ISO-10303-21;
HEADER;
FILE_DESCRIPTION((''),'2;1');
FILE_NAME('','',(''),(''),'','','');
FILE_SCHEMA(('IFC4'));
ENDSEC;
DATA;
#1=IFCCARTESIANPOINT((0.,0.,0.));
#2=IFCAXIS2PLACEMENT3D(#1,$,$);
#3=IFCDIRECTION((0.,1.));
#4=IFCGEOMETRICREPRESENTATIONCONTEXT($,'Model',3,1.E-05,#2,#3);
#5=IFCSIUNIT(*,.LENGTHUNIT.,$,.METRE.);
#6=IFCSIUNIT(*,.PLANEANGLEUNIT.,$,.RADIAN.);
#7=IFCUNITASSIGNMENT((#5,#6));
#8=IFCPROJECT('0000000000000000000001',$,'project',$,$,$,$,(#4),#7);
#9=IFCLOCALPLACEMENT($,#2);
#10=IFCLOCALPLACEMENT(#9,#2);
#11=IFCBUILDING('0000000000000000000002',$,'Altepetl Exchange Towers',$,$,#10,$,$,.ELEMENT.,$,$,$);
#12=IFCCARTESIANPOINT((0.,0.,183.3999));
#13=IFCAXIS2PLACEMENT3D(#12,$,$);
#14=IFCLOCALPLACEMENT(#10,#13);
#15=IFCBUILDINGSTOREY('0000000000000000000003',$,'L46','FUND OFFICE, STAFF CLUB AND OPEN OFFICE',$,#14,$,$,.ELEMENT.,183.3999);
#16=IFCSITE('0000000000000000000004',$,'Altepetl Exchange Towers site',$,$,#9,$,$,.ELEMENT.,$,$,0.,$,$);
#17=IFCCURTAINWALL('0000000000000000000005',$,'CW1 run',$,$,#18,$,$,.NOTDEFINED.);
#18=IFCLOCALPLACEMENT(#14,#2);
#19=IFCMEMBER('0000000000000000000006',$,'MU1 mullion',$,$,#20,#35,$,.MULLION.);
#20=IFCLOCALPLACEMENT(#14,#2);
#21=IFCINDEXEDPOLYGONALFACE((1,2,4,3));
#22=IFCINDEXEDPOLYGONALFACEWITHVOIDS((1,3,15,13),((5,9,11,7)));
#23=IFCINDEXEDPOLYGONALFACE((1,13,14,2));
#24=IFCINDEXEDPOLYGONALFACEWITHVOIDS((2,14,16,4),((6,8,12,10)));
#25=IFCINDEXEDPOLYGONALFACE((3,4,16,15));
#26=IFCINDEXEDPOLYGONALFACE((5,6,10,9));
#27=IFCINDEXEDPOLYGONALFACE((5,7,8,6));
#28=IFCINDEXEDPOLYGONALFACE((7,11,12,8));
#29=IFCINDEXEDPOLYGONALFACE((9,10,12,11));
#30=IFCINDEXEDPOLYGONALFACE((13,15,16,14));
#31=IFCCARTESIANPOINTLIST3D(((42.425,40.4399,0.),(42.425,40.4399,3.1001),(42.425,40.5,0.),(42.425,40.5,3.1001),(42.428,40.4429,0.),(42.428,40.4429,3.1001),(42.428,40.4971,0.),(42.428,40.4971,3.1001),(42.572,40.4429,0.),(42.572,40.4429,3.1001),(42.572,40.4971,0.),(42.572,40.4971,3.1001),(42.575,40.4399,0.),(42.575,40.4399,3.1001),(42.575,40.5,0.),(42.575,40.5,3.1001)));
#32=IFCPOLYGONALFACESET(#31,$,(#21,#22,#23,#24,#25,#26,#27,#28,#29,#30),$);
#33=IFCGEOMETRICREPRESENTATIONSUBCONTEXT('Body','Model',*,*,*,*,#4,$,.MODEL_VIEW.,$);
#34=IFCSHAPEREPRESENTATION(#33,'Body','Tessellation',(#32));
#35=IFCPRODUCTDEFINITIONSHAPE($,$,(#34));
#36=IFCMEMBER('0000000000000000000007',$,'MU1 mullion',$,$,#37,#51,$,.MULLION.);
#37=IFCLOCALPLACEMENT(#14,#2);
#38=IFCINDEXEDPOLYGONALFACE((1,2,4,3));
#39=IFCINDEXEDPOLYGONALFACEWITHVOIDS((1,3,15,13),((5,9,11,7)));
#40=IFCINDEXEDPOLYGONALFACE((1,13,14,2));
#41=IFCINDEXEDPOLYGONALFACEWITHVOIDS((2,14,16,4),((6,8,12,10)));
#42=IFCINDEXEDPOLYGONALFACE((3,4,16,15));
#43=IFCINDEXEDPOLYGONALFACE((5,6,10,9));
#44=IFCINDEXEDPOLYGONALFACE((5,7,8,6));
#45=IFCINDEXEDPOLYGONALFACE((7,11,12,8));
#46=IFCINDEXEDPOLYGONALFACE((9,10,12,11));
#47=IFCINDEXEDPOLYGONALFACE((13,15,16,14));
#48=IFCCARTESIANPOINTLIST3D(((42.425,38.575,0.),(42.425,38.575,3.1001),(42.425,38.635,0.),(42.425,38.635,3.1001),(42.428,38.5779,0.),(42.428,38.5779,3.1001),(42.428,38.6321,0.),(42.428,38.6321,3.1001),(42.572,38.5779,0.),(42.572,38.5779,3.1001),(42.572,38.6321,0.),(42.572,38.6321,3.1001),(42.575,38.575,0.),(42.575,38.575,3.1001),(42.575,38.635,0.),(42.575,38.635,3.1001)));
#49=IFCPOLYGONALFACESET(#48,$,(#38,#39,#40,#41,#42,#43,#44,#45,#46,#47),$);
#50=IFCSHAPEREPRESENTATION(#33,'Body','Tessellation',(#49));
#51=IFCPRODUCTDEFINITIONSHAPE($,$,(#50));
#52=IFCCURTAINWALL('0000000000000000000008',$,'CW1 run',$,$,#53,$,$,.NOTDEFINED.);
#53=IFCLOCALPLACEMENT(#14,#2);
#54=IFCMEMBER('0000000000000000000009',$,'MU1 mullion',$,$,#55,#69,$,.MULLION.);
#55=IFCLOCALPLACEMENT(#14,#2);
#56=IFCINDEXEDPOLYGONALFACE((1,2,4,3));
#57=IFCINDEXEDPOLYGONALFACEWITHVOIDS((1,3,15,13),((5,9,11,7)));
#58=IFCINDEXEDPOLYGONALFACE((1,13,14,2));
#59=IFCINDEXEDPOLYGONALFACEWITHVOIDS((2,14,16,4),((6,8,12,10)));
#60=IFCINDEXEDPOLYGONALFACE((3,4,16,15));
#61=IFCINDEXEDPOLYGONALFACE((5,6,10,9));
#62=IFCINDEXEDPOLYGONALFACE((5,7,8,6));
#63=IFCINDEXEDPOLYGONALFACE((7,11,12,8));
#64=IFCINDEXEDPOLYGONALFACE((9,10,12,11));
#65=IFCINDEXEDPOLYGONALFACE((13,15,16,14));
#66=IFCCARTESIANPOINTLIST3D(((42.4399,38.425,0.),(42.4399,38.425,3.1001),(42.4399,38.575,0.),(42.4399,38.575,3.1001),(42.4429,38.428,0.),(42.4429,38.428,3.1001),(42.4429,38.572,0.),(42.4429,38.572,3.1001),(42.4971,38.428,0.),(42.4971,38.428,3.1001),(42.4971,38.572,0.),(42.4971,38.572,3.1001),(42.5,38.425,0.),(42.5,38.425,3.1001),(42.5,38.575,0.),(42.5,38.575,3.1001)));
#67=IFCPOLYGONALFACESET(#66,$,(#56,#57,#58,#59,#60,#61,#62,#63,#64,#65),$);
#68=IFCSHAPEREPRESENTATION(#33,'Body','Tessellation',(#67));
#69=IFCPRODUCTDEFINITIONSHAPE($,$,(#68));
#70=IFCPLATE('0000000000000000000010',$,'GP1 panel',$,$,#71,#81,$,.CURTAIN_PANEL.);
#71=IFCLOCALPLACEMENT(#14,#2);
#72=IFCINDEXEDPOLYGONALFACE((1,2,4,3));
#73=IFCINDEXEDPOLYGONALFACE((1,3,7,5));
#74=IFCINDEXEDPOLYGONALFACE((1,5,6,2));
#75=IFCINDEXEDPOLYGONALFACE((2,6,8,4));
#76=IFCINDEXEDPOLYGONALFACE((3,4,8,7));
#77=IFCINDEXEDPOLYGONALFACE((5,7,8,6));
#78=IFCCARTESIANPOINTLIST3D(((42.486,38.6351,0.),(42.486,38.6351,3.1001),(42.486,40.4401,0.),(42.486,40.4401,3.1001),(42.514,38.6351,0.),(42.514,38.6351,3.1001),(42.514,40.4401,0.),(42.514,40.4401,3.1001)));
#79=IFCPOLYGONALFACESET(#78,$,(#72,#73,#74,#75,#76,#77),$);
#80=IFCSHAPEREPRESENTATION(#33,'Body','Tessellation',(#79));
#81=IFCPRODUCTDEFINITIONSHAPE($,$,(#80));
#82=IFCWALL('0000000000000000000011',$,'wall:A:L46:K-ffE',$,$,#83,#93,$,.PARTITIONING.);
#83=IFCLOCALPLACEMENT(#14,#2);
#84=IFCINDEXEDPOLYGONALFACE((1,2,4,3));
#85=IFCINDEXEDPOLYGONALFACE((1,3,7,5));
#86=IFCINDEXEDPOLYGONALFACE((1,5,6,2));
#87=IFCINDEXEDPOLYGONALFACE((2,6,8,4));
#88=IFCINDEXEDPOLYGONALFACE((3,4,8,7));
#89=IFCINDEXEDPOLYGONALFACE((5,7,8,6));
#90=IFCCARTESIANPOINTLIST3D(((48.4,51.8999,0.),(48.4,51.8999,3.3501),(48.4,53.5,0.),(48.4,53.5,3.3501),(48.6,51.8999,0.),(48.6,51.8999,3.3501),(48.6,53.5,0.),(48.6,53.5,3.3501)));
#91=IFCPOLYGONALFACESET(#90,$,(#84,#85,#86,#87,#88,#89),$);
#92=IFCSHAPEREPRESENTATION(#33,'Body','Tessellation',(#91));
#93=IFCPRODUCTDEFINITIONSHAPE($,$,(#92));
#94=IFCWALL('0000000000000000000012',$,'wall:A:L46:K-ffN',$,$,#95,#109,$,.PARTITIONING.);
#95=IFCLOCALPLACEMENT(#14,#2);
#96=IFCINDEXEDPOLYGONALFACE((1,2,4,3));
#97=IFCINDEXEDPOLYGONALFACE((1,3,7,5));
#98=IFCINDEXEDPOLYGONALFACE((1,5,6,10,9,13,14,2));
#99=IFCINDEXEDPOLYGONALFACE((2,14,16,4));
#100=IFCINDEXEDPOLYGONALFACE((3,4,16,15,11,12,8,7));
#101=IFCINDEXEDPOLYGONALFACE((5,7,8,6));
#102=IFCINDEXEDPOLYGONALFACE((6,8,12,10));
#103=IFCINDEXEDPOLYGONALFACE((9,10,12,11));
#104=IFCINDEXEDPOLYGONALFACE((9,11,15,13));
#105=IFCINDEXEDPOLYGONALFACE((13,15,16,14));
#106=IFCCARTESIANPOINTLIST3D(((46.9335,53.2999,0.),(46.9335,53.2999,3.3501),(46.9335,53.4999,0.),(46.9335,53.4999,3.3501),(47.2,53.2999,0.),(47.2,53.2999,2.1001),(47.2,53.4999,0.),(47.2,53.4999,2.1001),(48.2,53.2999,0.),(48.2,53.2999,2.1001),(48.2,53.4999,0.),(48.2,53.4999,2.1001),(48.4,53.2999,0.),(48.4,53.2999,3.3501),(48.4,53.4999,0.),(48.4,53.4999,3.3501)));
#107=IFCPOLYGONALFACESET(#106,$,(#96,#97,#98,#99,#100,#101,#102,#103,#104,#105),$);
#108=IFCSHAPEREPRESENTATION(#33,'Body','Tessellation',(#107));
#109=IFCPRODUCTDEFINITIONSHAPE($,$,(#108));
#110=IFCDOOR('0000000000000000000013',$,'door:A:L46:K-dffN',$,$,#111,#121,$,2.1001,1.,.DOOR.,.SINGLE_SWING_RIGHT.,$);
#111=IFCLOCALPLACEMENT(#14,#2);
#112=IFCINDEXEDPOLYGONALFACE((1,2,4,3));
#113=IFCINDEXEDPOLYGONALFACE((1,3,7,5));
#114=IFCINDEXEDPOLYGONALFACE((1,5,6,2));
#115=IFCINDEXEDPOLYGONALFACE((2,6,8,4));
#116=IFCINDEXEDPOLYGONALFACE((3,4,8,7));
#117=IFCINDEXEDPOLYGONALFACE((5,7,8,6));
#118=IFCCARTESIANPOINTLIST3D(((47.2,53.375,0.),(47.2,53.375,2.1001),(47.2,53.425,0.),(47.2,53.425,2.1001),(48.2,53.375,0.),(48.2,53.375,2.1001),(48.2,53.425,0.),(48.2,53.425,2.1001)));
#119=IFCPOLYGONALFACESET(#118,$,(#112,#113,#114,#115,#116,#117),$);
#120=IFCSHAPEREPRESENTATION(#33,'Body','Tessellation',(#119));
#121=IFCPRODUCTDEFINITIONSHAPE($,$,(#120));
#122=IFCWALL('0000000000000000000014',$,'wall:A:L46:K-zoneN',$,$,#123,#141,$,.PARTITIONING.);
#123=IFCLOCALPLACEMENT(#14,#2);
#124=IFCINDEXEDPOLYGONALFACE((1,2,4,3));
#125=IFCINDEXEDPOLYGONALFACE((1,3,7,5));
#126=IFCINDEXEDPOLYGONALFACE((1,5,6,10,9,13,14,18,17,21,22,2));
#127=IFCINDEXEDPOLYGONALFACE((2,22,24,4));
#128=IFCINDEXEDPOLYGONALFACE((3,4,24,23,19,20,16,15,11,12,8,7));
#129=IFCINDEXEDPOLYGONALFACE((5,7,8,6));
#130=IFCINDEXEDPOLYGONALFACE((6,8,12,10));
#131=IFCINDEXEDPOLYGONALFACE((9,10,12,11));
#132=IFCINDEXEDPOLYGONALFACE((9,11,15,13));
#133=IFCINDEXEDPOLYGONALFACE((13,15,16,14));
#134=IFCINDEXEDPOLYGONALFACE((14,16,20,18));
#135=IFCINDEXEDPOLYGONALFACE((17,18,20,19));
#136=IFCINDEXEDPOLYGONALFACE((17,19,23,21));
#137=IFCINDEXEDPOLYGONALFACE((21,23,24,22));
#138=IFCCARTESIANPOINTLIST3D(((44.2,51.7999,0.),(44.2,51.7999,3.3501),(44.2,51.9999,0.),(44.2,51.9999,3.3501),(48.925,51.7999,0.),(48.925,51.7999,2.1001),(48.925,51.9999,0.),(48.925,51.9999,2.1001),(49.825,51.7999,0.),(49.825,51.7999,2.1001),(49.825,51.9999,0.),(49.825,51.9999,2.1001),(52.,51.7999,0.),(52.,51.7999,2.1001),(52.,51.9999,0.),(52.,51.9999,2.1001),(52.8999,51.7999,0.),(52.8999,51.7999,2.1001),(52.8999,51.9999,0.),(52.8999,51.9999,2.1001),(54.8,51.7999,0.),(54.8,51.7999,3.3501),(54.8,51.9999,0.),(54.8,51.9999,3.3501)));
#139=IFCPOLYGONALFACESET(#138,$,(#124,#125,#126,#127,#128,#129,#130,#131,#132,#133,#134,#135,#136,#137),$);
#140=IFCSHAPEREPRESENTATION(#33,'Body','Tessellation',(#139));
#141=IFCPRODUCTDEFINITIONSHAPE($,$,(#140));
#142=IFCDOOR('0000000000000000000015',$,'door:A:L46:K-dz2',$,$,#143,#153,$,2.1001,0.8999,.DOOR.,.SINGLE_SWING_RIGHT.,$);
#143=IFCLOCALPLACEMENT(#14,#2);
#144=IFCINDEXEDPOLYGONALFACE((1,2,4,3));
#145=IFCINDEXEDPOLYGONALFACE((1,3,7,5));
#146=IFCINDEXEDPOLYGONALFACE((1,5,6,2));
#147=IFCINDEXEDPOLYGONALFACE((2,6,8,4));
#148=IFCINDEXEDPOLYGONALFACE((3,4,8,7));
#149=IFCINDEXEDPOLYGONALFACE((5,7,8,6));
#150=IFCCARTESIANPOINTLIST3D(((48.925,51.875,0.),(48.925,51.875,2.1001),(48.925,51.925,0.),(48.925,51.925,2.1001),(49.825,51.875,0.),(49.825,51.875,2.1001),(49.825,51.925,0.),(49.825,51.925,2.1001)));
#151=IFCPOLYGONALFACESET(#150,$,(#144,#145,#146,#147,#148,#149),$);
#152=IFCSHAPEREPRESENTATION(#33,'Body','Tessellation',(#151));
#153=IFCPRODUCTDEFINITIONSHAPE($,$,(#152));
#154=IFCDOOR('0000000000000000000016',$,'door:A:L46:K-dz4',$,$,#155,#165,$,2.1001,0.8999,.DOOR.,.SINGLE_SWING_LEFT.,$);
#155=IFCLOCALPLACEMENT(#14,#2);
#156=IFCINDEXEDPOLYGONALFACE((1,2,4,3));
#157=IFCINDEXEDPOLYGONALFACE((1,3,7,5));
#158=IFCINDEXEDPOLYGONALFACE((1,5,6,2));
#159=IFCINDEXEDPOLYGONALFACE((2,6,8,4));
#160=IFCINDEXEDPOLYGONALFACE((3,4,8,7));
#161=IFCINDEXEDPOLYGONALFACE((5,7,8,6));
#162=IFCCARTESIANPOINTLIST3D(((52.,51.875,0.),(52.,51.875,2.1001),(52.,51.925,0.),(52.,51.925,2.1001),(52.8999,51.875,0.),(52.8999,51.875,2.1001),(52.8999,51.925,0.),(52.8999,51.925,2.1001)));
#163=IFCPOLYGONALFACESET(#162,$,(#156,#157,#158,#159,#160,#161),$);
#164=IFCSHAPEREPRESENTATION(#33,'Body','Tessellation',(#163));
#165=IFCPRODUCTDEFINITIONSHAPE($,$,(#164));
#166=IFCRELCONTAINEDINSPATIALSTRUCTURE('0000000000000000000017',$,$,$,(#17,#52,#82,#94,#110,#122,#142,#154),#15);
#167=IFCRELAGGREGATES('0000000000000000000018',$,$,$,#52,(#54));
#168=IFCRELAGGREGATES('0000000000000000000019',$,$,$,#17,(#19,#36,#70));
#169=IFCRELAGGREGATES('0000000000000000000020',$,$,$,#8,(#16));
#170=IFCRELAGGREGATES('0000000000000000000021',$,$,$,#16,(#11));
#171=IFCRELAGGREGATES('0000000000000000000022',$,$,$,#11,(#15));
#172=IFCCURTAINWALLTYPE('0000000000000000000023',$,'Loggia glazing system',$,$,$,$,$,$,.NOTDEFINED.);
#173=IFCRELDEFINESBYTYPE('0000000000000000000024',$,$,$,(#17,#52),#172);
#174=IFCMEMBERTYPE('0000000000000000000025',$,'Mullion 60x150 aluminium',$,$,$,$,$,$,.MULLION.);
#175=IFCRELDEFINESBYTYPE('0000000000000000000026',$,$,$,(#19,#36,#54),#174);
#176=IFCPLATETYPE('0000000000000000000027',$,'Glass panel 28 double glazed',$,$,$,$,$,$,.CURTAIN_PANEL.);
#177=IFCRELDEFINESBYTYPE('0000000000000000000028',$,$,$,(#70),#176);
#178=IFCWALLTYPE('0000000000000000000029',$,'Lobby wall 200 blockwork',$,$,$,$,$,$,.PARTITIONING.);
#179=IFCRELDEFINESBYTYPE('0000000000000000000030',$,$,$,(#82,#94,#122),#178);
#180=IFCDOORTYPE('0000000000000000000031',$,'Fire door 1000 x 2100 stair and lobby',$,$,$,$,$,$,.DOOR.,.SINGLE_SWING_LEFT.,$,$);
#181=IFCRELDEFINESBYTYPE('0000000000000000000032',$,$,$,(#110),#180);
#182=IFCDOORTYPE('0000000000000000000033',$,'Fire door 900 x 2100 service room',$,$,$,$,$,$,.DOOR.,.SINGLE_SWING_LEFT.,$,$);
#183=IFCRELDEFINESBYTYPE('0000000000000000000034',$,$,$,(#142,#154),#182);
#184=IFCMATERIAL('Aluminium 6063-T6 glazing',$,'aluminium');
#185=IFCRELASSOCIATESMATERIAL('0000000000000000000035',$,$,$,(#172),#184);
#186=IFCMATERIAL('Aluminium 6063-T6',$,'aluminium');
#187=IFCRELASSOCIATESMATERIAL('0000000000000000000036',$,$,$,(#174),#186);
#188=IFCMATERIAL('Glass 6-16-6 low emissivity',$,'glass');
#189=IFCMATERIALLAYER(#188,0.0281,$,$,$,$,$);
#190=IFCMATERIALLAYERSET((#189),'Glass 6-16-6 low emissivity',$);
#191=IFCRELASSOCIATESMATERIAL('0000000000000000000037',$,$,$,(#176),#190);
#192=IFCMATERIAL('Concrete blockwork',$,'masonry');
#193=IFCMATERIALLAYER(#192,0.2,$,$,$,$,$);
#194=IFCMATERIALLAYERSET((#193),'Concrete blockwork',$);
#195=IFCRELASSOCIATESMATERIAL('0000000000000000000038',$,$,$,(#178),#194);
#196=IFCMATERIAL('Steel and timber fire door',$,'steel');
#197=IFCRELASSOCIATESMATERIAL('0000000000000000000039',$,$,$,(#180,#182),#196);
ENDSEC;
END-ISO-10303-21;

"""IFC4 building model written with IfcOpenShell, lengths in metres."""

from ifc_helpers import new_model, si_unit, direction, frame, frame_2d, origin, origin_2d, place, context, subcontext, project, spatial, rectangle, hollow_rectangle, extrude, material, layer, layer_set, material_profile, profile_set, type_object, element, fill, aggregate, save


model = new_model("IFC4")

# Units and contexts
model_context = context("Model", 3, precision=1e-05, world=origin(), true_north=direction((0.0, 1.0)))
body_context = subcontext(model_context, "Body", "Model", "MODEL_VIEW")
ifc_project = project(units=[si_unit("LENGTHUNIT", "METRE"), si_unit("PLANEANGLEUNIT", "RADIAN")], contexts=[model_context])

# Site, building, storey
site_placement = place(None, origin())
site = spatial("IfcSite", under=ifc_project, at=site_placement, Name="Altepetl Exchange Towers site", CompositionType="ELEMENT", RefElevation=0.0)
building_placement = place(site_placement, origin())
building = spatial("IfcBuilding", under=site, at=building_placement, Name="Altepetl Exchange Towers", CompositionType="ELEMENT")
storey_placement = place(building_placement, frame((0.0, 0.0, 183.3999)))
storey = spatial("IfcBuildingStorey", under=building, at=storey_placement, Name="L46", Description="FUND OFFICE, STAFF CLUB AND OPEN OFFICE", CompositionType="ELEMENT", Elevation=183.3999)

# Curtain wall, members
ifc_material_1 = material(Name="Aluminium 6063-T6 glazing", Category="aluminium")
curtain_wall_type = type_object("IfcCurtainWallType", Name="Loggia glazing system", PredefinedType="NOTDEFINED", material=ifc_material_1)
curtain_wall_1_placement = place(storey_placement, origin())
curtain_wall_1 = element("IfcCurtainWall", 1, at=curtain_wall_1_placement, inside=storey, type_object=curtain_wall_type, Name="CW1 run", PredefinedType="NOTDEFINED")
ifc_material_2 = material(Name="Aluminium 6063-T6", Category="aluminium")
ifc_material_profile = material_profile(ifc_material_2, hollow_rectangle(XDim=0.0601, YDim=0.1499, WallThickness=0.0029, at=origin_2d()), Name="Mullion 60x150 aluminium")
ifc_profile_set = profile_set([ifc_material_profile], Name="Aluminium 6063-T6")
member_type = type_object("IfcMemberType", Name="Mullion 60x150 aluminium", PredefinedType="MULLION", material=ifc_profile_set)
member_1_placement = place(storey_placement, frame((42.5, 40.47, 0.0), z_axis=(0.0, 0.0, 1.0), x_axis=(0.0, -1.0, 0.0)))
member_1 = element("IfcMember", 2, at=member_1_placement, type_object=member_type, Name="MU1 mullion", PredefinedType="MULLION", context=body_context, shape_type="SweptSolid", body=[
    extrude(hollow_rectangle(XDim=0.0601, YDim=0.1499, WallThickness=0.0029, at=origin_2d()), origin(), (0.0, 0.0, 1.0), 3.1001),
])
member_2_placement = place(storey_placement, frame((42.5, 38.605, 0.0), z_axis=(0.0, 0.0, 1.0), x_axis=(0.0, -1.0, 0.0)))
member_2 = element("IfcMember", 3, at=member_2_placement, type_object=member_type, Name="MU1 mullion", PredefinedType="MULLION", context=body_context, shape_type="SweptSolid", body=[
    extrude(hollow_rectangle(XDim=0.0601, YDim=0.1499, WallThickness=0.0029, at=origin_2d()), origin(), (0.0, 0.0, 1.0), 3.1001),
])

# Curtain wall, member
curtain_wall_2_placement = place(storey_placement, origin())
curtain_wall_2 = element("IfcCurtainWall", 4, at=curtain_wall_2_placement, inside=storey, type_object=curtain_wall_type, Name="CW1 run", PredefinedType="NOTDEFINED")
member_3_placement = place(storey_placement, frame((42.47, 38.5, 0.0), z_axis=(0.0, 0.0, 1.0), x_axis=(-1.0, 0.0, 0.0)))
member_3 = element("IfcMember", 5, at=member_3_placement, type_object=member_type, Name="MU1 mullion", PredefinedType="MULLION", context=body_context, shape_type="SweptSolid", body=[
    extrude(hollow_rectangle(XDim=0.0601, YDim=0.1499, WallThickness=0.0029, at=origin_2d()), origin(), (0.0, 0.0, 1.0), 3.1001),
])
aggregate(curtain_wall_2, [member_3])

# Plate
ifc_material_3 = material(Name="Glass 6-16-6 low emissivity", Category="glass")
ifc_layer_1 = layer(ifc_material_3, 0.0281)
ifc_layer_set_1 = layer_set([ifc_layer_1], Name="Glass 6-16-6 low emissivity")
plate_type = type_object("IfcPlateType", Name="Glass panel 28 double glazed", PredefinedType="CURTAIN_PANEL", material=ifc_layer_set_1)
plate_placement = place(storey_placement, frame((42.5, 39.5376, 0.0), z_axis=(0.0, 0.0, 1.0), x_axis=(0.0, -1.0, 0.0)))
plate = element("IfcPlate", 6, at=plate_placement, type_object=plate_type, Name="GP1 panel", PredefinedType="CURTAIN_PANEL", context=body_context, shape_type="SweptSolid", body=[
    extrude(rectangle(XDim=1.8049, YDim=0.0281, at=origin_2d()), origin(), (0.0, 0.0, 1.0), 3.1001),
])
aggregate(curtain_wall_1, [member_1, member_2, plate])

# Wall
ifc_material_4 = material(Name="Concrete blockwork", Category="masonry")
ifc_layer_2 = layer(ifc_material_4, 0.2)
ifc_layer_set_2 = layer_set([ifc_layer_2], Name="Concrete blockwork")
wall_type_1 = type_object("IfcWallType", Name="Lobby wall 200 blockwork", PredefinedType="PARTITIONING", material=ifc_layer_set_2)
wall_1_placement = place(storey_placement, frame((48.5, 51.8999, 0.0), z_axis=(0.0, 0.0, 1.0), x_axis=(0.0, 1.0, 0.0)))
element("IfcWall", 7, at=wall_1_placement, inside=storey, type_object=wall_type_1, Name="wall:A:L46:K-ffE", PredefinedType="PARTITIONING", context=body_context, shape_type="SweptSolid", body=[
    extrude(rectangle(XDim=1.6001, YDim=0.2, at=frame_2d((0.8, 0.0))), origin(), (0.0, 0.0, 1.0), 3.3501),
])

# Wall, opening, door
wall_2_placement = place(storey_placement, frame((46.9333, 53.3999, 0.0)))
wall_2 = element("IfcWall", 8, at=wall_2_placement, inside=storey, type_object=wall_type_1, Name="wall:A:L46:K-ffN", PredefinedType="PARTITIONING", context=body_context, shape_type="SweptSolid", body=[
    extrude(rectangle(XDim=1.4666, YDim=0.2, at=frame_2d((0.7334, 0.0))), origin(), (0.0, 0.0, 1.0), 3.3501),
])
opening_1_placement = place(wall_2_placement, frame((0.2666, 0.0, 0.0)))
opening_1 = element("IfcOpeningElement", 9, at=opening_1_placement, cuts=wall_2, PredefinedType="OPENING", context=body_context, shape_type="SweptSolid", body=[
    extrude(rectangle(XDim=1.0, YDim=2.1001, at=frame_2d((0.5, 1.05))), frame((0.0, 0.1099, 0.0), z_axis=(0.0, -1.0, 0.0), x_axis=(1.0, 0.0, 0.0)), (0.0, 0.0, 1.0), 0.22),
])
ifc_material_5 = material(Name="Steel and timber fire door", Category="steel")
door_type_1 = type_object("IfcDoorType", Name="Fire door 1000 x 2100 stair and lobby", OperationType="SINGLE_SWING_LEFT", PredefinedType="DOOR", material=ifc_material_5)
door_1_placement = place(opening_1_placement, frame((1.0, 0.0, 0.0), x_axis=(-1.0, 0.0, 0.0)))
door_1 = element("IfcDoor", 10, at=door_1_placement, inside=storey, type_object=door_type_1, Name="door:A:L46:K-dffN", OperationType="SINGLE_SWING_RIGHT", OverallHeight=2.1001, OverallWidth=1.0, PredefinedType="DOOR", context=body_context, shape_type="SweptSolid", body=[
    extrude(rectangle(XDim=1.0, YDim=2.1001, at=frame_2d((0.5, 1.05))), frame((0.0, 0.0249, 0.0), z_axis=(0.0, -1.0, 0.0), x_axis=(1.0, 0.0, 0.0)), (0.0, 0.0, 1.0), 0.05),
])
fill(opening_1, door_1)

# Wall, openings, doors
wall_3_placement = place(storey_placement, frame((44.2, 51.8999, 0.0)))
wall_3 = element("IfcWall", 11, at=wall_3_placement, inside=storey, type_object=wall_type_1, Name="wall:A:L46:K-zoneN", PredefinedType="PARTITIONING", context=body_context, shape_type="SweptSolid", body=[
    extrude(rectangle(XDim=10.6001, YDim=0.2, at=frame_2d((5.3, 0.0))), origin(), (0.0, 0.0, 1.0), 3.3501),
])
opening_2_placement = place(wall_3_placement, frame((4.7251, 0.0, 0.0)))
opening_2 = element("IfcOpeningElement", 12, at=opening_2_placement, cuts=wall_3, PredefinedType="OPENING", context=body_context, shape_type="SweptSolid", body=[
    extrude(rectangle(XDim=0.8999, YDim=2.1001, at=frame_2d((0.45, 1.05))), frame((0.0, 0.1099, 0.0), z_axis=(0.0, -1.0, 0.0), x_axis=(1.0, 0.0, 0.0)), (0.0, 0.0, 1.0), 0.22),
])
opening_3_placement = place(wall_3_placement, frame((7.8, 0.0, 0.0)))
opening_3 = element("IfcOpeningElement", 13, at=opening_3_placement, cuts=wall_3, PredefinedType="OPENING", context=body_context, shape_type="SweptSolid", body=[
    extrude(rectangle(XDim=0.8999, YDim=2.1001, at=frame_2d((0.45, 1.05))), frame((0.0, 0.1099, 0.0), z_axis=(0.0, -1.0, 0.0), x_axis=(1.0, 0.0, 0.0)), (0.0, 0.0, 1.0), 0.22),
])
door_type_2 = type_object("IfcDoorType", Name="Fire door 900 x 2100 service room", OperationType="SINGLE_SWING_LEFT", PredefinedType="DOOR", material=ifc_material_5)
door_2_placement = place(opening_2_placement, frame((0.8999, 0.0, 0.0), x_axis=(-1.0, 0.0, 0.0)))
door_2 = element("IfcDoor", 14, at=door_2_placement, inside=storey, type_object=door_type_2, Name="door:A:L46:K-dz2", OperationType="SINGLE_SWING_RIGHT", OverallHeight=2.1001, OverallWidth=0.8999, PredefinedType="DOOR", context=body_context, shape_type="SweptSolid", body=[
    extrude(rectangle(XDim=0.8999, YDim=2.1001, at=frame_2d((0.45, 1.05))), frame((0.0, 0.0249, 0.0), z_axis=(0.0, -1.0, 0.0), x_axis=(1.0, 0.0, 0.0)), (0.0, 0.0, 1.0), 0.05),
])
fill(opening_2, door_2)
door_3_placement = place(opening_3_placement, frame((0.8999, 0.0, 0.0), x_axis=(-1.0, 0.0, 0.0)))
door_3 = element("IfcDoor", 15, at=door_3_placement, inside=storey, type_object=door_type_2, Name="door:A:L46:K-dz4", OperationType="SINGLE_SWING_LEFT", OverallHeight=2.1001, OverallWidth=0.8999, PredefinedType="DOOR", context=body_context, shape_type="SweptSolid", body=[
    extrude(rectangle(XDim=0.8999, YDim=2.1001, at=frame_2d((0.45, 1.05))), frame((0.0, 0.0249, 0.0), z_axis=(0.0, -1.0, 0.0), x_axis=(1.0, 0.0, 0.0)), (0.0, 0.0, 1.0), 0.05),
])
fill(opening_3, door_3)

save(model, "model.ifc")
